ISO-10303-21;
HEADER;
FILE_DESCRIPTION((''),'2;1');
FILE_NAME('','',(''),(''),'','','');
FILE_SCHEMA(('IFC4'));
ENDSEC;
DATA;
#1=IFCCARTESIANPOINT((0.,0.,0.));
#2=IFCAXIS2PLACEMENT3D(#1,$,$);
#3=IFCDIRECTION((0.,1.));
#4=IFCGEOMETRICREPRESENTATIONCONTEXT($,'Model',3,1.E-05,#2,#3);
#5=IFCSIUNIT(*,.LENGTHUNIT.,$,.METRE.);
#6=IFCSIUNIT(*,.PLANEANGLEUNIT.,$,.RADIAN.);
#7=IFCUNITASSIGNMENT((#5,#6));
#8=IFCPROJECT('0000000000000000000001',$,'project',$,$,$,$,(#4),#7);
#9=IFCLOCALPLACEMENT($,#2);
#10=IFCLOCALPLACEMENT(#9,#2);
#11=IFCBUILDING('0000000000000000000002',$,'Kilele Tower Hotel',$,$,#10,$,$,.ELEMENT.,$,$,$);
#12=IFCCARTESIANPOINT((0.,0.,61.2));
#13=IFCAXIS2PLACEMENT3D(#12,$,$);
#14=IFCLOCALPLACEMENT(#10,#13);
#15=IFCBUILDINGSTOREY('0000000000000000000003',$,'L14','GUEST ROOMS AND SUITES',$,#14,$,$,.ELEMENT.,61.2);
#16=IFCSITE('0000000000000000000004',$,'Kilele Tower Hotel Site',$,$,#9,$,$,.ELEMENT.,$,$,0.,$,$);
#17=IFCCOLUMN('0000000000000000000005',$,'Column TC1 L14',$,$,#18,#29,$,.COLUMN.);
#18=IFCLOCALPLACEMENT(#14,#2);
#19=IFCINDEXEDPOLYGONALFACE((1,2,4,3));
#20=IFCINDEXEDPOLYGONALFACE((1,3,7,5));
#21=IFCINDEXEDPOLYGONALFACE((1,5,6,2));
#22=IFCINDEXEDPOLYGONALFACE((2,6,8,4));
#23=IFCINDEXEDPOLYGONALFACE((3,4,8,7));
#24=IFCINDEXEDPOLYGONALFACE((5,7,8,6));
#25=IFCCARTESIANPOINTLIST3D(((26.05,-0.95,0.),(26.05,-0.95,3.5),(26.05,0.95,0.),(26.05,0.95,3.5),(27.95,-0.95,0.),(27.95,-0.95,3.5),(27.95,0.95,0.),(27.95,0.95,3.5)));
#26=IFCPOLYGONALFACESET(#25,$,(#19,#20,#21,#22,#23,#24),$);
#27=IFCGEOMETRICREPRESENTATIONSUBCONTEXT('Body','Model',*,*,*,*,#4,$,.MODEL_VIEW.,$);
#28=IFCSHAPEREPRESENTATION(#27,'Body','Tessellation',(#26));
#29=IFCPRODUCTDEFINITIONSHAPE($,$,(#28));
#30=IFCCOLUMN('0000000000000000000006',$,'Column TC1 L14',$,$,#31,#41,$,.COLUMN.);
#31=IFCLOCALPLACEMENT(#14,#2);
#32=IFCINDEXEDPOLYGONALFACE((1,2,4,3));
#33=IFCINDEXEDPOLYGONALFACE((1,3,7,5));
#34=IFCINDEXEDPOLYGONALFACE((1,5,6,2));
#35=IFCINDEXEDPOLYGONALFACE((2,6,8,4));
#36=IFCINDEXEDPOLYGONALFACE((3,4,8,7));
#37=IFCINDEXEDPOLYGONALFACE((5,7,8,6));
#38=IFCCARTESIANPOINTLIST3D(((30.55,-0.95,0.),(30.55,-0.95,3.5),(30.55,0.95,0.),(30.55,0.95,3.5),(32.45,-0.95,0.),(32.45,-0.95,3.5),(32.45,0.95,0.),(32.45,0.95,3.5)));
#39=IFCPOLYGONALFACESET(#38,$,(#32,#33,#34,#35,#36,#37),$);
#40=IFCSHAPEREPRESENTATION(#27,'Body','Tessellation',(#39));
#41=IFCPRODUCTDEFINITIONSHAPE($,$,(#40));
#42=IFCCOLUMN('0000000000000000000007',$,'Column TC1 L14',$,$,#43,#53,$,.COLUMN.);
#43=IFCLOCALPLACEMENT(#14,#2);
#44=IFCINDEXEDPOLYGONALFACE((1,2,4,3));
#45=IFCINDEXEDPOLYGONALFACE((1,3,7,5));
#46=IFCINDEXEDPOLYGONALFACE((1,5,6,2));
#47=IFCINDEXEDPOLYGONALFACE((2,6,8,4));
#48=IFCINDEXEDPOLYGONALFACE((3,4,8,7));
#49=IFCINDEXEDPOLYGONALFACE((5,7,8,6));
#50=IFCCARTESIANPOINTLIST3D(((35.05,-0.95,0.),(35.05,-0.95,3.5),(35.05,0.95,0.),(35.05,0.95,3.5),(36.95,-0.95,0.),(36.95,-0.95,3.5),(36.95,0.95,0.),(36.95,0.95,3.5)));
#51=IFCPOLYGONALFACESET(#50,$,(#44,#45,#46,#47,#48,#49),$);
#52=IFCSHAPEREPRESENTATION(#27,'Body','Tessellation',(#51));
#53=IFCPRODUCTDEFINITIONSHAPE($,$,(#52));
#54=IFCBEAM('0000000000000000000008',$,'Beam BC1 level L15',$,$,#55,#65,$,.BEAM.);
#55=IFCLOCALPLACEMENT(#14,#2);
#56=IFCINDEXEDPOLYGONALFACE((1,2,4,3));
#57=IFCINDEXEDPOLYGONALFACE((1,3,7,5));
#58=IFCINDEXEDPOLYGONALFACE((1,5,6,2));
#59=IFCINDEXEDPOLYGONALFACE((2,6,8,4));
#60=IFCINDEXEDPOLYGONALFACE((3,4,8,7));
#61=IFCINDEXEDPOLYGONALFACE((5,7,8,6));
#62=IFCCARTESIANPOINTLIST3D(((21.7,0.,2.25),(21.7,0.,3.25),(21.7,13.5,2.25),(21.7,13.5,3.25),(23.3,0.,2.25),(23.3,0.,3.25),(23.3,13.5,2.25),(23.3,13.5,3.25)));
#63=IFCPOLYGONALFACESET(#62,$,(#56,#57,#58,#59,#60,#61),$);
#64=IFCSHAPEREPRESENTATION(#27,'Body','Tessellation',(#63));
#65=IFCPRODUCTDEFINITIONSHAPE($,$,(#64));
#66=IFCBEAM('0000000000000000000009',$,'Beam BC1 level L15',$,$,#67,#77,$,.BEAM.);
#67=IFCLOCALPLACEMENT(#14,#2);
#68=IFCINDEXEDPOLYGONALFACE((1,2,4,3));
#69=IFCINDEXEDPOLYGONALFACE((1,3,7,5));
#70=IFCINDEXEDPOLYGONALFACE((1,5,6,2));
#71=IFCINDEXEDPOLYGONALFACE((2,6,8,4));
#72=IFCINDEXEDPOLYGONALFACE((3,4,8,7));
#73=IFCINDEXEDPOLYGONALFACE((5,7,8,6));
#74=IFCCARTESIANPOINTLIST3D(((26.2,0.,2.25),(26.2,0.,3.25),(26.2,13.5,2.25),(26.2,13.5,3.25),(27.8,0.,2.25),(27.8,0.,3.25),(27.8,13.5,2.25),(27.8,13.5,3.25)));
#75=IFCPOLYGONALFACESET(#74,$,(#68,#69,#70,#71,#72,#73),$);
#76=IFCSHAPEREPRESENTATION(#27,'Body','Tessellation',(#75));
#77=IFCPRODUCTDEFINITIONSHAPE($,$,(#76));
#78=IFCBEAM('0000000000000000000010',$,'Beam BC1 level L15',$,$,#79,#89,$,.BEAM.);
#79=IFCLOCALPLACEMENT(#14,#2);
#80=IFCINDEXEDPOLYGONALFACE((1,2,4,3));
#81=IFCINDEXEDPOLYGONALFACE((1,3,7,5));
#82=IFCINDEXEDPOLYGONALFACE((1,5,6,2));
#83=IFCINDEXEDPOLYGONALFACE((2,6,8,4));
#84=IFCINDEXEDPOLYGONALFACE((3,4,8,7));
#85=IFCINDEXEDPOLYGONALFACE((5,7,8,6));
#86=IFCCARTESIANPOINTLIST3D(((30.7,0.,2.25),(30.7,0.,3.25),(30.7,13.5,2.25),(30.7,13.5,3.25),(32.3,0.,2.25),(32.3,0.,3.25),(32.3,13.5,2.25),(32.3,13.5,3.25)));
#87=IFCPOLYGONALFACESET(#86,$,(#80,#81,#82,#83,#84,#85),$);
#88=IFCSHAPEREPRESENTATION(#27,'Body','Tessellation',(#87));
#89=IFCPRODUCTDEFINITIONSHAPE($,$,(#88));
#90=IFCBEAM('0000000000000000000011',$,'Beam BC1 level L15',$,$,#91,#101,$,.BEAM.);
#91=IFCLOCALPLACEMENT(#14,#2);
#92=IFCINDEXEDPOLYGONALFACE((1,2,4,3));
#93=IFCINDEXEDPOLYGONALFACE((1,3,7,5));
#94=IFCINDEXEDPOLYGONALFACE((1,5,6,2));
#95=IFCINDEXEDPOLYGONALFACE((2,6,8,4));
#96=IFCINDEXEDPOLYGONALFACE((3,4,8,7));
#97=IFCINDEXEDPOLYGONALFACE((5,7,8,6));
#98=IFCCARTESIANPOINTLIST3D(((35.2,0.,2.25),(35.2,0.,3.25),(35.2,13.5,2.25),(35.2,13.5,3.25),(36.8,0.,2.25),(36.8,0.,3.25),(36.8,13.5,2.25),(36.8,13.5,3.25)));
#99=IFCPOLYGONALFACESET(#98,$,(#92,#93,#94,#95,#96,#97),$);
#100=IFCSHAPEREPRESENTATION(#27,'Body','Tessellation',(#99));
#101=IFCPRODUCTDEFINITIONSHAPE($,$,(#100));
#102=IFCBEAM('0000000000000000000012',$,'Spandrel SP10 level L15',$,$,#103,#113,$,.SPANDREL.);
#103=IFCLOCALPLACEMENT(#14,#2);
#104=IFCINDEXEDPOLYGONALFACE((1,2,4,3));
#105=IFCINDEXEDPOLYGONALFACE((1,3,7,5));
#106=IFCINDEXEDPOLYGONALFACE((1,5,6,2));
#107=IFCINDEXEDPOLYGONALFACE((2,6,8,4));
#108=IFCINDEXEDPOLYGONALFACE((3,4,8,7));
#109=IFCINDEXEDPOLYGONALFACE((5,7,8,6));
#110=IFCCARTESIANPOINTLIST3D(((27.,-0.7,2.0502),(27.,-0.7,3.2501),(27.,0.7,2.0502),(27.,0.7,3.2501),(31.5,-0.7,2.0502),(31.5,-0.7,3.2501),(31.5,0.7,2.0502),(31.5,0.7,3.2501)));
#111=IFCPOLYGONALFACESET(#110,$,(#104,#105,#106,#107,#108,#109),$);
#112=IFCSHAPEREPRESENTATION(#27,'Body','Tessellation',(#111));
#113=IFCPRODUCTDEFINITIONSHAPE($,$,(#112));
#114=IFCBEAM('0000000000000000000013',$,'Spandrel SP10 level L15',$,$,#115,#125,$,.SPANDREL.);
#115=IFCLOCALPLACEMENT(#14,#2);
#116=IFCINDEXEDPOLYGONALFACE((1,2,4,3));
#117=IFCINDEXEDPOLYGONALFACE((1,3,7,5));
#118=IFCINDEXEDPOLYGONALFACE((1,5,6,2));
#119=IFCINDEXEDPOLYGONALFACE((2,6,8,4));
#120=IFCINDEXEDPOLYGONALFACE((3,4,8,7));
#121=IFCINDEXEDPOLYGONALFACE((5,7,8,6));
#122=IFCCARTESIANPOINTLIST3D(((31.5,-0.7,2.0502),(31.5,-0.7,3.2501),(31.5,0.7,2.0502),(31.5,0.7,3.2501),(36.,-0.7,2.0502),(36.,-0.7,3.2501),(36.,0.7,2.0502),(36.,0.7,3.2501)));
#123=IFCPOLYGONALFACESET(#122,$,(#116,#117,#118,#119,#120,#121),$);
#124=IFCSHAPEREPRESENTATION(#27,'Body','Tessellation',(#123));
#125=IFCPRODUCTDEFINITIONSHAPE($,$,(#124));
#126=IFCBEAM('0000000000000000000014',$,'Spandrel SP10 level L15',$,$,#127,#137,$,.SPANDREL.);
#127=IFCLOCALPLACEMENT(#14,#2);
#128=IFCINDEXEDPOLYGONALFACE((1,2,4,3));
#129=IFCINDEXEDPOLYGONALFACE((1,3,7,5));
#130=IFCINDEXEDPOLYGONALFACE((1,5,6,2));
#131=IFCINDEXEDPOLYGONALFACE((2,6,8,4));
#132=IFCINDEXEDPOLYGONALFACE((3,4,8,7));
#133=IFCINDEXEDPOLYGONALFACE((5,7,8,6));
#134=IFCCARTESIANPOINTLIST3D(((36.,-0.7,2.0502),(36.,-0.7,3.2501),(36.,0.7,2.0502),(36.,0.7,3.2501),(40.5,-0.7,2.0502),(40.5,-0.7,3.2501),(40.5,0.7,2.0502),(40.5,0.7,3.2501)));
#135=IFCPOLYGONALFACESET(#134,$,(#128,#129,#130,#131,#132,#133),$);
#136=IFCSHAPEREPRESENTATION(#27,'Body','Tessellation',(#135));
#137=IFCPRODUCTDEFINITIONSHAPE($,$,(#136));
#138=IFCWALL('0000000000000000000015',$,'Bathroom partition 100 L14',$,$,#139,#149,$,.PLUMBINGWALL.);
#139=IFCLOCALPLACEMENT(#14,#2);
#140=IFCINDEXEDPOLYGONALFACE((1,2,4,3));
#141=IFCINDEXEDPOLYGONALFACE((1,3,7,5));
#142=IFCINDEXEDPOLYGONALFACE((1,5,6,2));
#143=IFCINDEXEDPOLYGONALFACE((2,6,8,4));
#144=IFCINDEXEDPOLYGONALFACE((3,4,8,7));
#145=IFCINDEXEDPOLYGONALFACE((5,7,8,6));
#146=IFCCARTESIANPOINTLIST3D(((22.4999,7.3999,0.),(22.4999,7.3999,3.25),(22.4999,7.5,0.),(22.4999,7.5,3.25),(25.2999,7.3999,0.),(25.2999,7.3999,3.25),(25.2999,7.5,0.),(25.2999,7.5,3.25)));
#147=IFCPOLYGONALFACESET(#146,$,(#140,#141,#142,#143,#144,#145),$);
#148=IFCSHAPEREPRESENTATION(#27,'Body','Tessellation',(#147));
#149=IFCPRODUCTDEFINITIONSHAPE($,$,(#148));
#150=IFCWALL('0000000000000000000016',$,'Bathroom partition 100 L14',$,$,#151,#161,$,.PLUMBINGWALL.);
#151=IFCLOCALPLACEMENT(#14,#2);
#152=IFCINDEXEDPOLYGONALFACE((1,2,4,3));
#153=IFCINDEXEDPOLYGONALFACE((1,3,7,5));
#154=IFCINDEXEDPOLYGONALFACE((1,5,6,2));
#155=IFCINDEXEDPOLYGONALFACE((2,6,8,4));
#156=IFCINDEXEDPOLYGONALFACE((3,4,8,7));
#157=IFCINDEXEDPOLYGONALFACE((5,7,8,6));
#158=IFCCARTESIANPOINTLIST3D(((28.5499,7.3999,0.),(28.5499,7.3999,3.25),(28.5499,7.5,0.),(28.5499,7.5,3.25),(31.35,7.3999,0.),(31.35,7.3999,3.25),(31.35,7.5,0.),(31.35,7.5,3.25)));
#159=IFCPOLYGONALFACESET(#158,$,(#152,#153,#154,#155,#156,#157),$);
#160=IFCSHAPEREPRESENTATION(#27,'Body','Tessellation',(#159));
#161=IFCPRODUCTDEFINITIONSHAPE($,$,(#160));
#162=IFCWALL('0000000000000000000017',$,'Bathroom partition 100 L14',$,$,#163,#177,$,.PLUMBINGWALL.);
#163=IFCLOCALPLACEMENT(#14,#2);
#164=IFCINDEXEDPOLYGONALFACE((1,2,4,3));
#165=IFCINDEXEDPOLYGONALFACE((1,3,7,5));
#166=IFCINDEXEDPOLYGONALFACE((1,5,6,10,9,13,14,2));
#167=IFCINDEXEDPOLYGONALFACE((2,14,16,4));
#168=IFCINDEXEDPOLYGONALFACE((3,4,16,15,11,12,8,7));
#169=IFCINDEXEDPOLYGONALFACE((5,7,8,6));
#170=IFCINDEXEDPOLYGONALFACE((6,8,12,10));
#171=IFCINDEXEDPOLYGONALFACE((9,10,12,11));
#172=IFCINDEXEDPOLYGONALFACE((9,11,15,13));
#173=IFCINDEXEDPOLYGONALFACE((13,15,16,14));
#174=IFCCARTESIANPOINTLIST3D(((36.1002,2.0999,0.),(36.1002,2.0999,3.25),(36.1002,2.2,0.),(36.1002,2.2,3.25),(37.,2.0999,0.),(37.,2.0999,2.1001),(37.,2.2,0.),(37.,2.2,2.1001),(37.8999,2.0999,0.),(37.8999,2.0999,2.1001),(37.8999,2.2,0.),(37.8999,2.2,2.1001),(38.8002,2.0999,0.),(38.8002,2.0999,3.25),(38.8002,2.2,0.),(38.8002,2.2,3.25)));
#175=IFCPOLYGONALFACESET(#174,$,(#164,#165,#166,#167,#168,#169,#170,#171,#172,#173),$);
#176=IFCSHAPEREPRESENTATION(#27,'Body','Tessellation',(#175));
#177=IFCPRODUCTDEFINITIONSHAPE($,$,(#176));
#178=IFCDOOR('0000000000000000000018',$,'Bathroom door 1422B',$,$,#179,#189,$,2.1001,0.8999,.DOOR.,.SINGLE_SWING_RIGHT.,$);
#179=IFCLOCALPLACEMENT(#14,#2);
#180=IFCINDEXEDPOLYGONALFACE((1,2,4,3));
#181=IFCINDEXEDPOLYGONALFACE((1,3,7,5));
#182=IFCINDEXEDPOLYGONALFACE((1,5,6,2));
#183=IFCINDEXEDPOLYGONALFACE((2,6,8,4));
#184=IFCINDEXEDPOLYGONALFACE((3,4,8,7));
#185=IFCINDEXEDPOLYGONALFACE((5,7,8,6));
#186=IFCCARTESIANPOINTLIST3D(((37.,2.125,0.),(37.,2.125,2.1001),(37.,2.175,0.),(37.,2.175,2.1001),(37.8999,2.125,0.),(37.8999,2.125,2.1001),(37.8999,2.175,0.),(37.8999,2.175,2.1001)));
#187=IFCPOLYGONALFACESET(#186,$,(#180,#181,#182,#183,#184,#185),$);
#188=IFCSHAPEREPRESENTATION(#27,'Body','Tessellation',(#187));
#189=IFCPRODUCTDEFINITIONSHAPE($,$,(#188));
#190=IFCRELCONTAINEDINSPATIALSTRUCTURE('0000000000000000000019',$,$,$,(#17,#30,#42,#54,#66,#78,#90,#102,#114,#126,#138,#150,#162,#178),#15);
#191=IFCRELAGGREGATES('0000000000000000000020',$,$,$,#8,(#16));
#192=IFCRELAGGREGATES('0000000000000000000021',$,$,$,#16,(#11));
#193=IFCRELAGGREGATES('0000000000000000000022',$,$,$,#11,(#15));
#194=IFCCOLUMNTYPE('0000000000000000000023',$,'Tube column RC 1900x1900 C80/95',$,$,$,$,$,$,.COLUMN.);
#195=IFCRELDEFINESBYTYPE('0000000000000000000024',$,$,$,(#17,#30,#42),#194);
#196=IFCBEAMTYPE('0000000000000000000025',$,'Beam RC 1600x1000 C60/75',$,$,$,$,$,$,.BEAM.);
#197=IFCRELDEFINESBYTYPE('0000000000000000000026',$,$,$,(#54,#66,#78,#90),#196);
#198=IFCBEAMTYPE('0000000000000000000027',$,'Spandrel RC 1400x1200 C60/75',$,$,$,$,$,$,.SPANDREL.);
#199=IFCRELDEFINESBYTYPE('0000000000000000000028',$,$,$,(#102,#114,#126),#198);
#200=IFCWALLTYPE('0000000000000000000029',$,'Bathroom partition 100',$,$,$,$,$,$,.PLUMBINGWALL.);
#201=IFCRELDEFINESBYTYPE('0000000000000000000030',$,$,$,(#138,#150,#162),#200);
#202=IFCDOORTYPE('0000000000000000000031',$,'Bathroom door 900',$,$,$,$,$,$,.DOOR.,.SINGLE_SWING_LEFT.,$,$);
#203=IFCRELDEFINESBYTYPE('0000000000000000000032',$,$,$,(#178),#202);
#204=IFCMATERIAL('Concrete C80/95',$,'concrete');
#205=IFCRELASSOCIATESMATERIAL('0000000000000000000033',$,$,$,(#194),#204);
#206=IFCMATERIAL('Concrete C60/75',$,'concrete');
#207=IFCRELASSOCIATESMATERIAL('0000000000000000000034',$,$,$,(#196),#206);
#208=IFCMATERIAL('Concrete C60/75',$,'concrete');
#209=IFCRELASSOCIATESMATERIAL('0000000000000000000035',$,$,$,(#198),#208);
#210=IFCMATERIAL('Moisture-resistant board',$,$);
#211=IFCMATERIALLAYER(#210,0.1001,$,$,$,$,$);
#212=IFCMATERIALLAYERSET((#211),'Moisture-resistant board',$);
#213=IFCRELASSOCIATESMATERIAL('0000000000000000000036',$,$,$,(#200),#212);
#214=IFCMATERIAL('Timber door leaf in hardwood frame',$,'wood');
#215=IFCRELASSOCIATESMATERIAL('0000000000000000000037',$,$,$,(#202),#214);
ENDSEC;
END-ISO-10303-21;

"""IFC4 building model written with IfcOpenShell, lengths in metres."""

from ifc_helpers import new_model, si_unit, direction, frame, frame_2d, origin, origin_2d, place, context, subcontext, project, spatial, rectangle, extrude, material, layer, layer_set, material_profile, profile_set, type_object, element, fill, save


model = new_model("IFC4")

# Units and contexts
model_context = context("Model", 3, precision=1e-05, world=origin(), true_north=direction((0.0, 1.0)))
body_context = subcontext(model_context, "Body", "Model", "MODEL_VIEW")
ifc_project = project(units=[si_unit("LENGTHUNIT", "METRE"), si_unit("PLANEANGLEUNIT", "RADIAN")], contexts=[model_context])

# Site, building, storey
site_placement = place(None, origin())
site = spatial("IfcSite", under=ifc_project, at=site_placement, Name="Kilele Tower Hotel Site", CompositionType="ELEMENT", RefElevation=0.0)
building_placement = place(site_placement, origin())
building = spatial("IfcBuilding", under=site, at=building_placement, Name="Kilele Tower Hotel", CompositionType="ELEMENT")
storey_placement = place(building_placement, frame((0.0, 0.0, 61.2)))
storey = spatial("IfcBuildingStorey", under=building, at=storey_placement, Name="L14", Description="GUEST ROOMS AND SUITES", CompositionType="ELEMENT", Elevation=61.2)

# Columns
ifc_material_1 = material(Name="Concrete C80/95", Category="concrete")
ifc_material_profile_1 = material_profile(ifc_material_1, rectangle(XDim=1.8999, YDim=1.8999, at=origin_2d()))
ifc_profile_set_1 = profile_set([ifc_material_profile_1], Name="Concrete C80/95")
column_type = type_object("IfcColumnType", Name="Tube column RC 1900x1900 C80/95", PredefinedType="COLUMN", material=ifc_profile_set_1)
for number, where, z_axis, x_axis, name in (
    (1, (27.0, 0.0, 0.0), (0.0, 0.0, 1.0), (1.0, 0.0, 0.0), "Column TC1 L14"),
    (2, (31.5, 0.0, 0.0), (0.0, 0.0, 1.0), (1.0, 0.0, 0.0), "Column TC1 L14"),
    (3, (36.0, 0.0, 0.0), (0.0, 0.0, 1.0), (1.0, 0.0, 0.0), "Column TC1 L14"),
):
    element("IfcColumn", number, at=place(storey_placement, frame(where, z_axis=z_axis, x_axis=x_axis)), inside=storey, type_object=column_type, Name=name, PredefinedType="COLUMN", context=body_context, shape_type="SweptSolid", body=[
        extrude(rectangle(XDim=1.8999, YDim=1.8999, at=origin_2d()), origin(), (0.0, 0.0, 1.0), 3.5),
    ])

# Beams
ifc_material_2 = material(Name="Concrete C60/75", Category="concrete")
ifc_material_profile_2 = material_profile(ifc_material_2, rectangle(XDim=1.6001, YDim=1.0, at=origin_2d()))
ifc_profile_set_2 = profile_set([ifc_material_profile_2], Name="Concrete C60/75")
beam_type_1 = type_object("IfcBeamType", Name="Beam RC 1600x1000 C60/75", PredefinedType="BEAM", material=ifc_profile_set_2)
for number, where, z_axis, x_axis, name in (
    (4, (22.5, 0.0, 2.75), (0.0, 1.0, 0.0), (-1.0, 0.0, 0.0), "Beam BC1 level L15"),
    (5, (27.0, 0.0, 2.75), (0.0, 1.0, 0.0), (-1.0, 0.0, 0.0), "Beam BC1 level L15"),
    (6, (31.5, 0.0, 2.75), (0.0, 1.0, 0.0), (-1.0, 0.0, 0.0), "Beam BC1 level L15"),
    (7, (36.0, 0.0, 2.75), (0.0, 1.0, 0.0), (-1.0, 0.0, 0.0), "Beam BC1 level L15"),
):
    element("IfcBeam", number, at=place(storey_placement, frame(where, z_axis=z_axis, x_axis=x_axis)), inside=storey, type_object=beam_type_1, Name=name, PredefinedType="BEAM", context=body_context, shape_type="SweptSolid", body=[
        extrude(rectangle(XDim=1.6001, YDim=1.0, at=origin_2d()), origin(), (0.0, 0.0, 1.0), 13.5),
    ])
ifc_material_3 = material(Name="Concrete C60/75", Category="concrete")
ifc_material_profile_3 = material_profile(ifc_material_3, rectangle(XDim=1.3999, YDim=1.2, at=origin_2d()))
ifc_profile_set_3 = profile_set([ifc_material_profile_3], Name="Concrete C60/75")
beam_type_2 = type_object("IfcBeamType", Name="Spandrel RC 1400x1200 C60/75", PredefinedType="SPANDREL", material=ifc_profile_set_3)
for number, where, z_axis, x_axis, name in (
    (8, (27.0, 0.0, 2.6501), (1.0, 0.0, 0.0), (0.0, 1.0, 0.0), "Spandrel SP10 level L15"),
    (9, (31.5, 0.0, 2.6501), (1.0, 0.0, 0.0), (0.0, 1.0, 0.0), "Spandrel SP10 level L15"),
    (10, (36.0, 0.0, 2.6501), (1.0, 0.0, 0.0), (0.0, 1.0, 0.0), "Spandrel SP10 level L15"),
):
    element("IfcBeam", number, at=place(storey_placement, frame(where, z_axis=z_axis, x_axis=x_axis)), inside=storey, type_object=beam_type_2, Name=name, PredefinedType="SPANDREL", context=body_context, shape_type="SweptSolid", body=[
        extrude(rectangle(XDim=1.3999, YDim=1.2, at=origin_2d()), origin(), (0.0, 0.0, 1.0), 4.5),
    ])

# Walls
ifc_material_4 = material(Name="Moisture-resistant board")
ifc_layer_1 = layer(ifc_material_4, 0.1001)
ifc_layer_set_1 = layer_set([ifc_layer_1], Name="Moisture-resistant board")
wall_type_1 = type_object("IfcWallType", Name="Bathroom partition 100", PredefinedType="PLUMBINGWALL", material=ifc_layer_set_1)
for number, where, z_axis, x_axis, name in (
    (11, (22.5, 7.45, 0.0), (0.0, 0.0, 1.0), (1.0, 0.0, 0.0), "Bathroom partition 100 L14"),
    (12, (28.55, 7.45, 0.0), (0.0, 0.0, 1.0), (1.0, 0.0, 0.0), "Bathroom partition 100 L14"),
):
    element("IfcWall", number, at=place(storey_placement, frame(where, z_axis=z_axis, x_axis=x_axis)), inside=storey, type_object=wall_type_1, Name=name, PredefinedType="PLUMBINGWALL", context=body_context, shape_type="SweptSolid", body=[
        extrude(rectangle(XDim=2.8, YDim=0.1001, at=frame_2d((1.3999, 0.0))), origin(), (0.0, 0.0, 1.0), 3.25),
    ])

# Wall, opening, door
wall_1_placement = place(storey_placement, frame((36.1001, 2.1499, 0.0), z_axis=(0.0, 0.0, 1.0), x_axis=(1.0, 0.0, 0.0)))
wall_1 = element("IfcWall", 13, at=wall_1_placement, inside=storey, type_object=wall_type_1, Name="Bathroom partition 100 L14", PredefinedType="PLUMBINGWALL", context=body_context, shape_type="SweptSolid", body=[
    extrude(rectangle(XDim=2.7, YDim=0.1001, at=frame_2d((1.3501, 0.0))), origin(), (0.0, 0.0, 1.0), 3.25),
])
opening_1_placement = place(wall_1_placement, frame((1.7998, 0.0, 0.0), z_axis=(0.0, 0.0, 1.0), x_axis=(-1.0, 0.0, 0.0)))
opening_1 = element("IfcOpeningElement", 14, at=opening_1_placement, cuts=wall_1, PredefinedType="OPENING", context=body_context, shape_type="SweptSolid", body=[
    extrude(rectangle(XDim=0.8999, YDim=2.1001, at=frame_2d((0.45, 1.05))), frame((0.0, 0.0601, 0.0), z_axis=(0.0, -1.0, 0.0), x_axis=(1.0, 0.0, 0.0)), (0.0, 0.0, 1.0), 0.1201),
])
ifc_material_5 = material(Name="Timber door leaf in hardwood frame", Category="wood")
door_type_1 = type_object("IfcDoorType", Name="Bathroom door 900", OperationType="SINGLE_SWING_LEFT", PredefinedType="DOOR", material=ifc_material_5)
door_1_placement = place(opening_1_placement, origin())
door_1 = element("IfcDoor", 15, at=door_1_placement, inside=storey, type_object=door_type_1, Name="Bathroom door 1422B", OperationType="SINGLE_SWING_RIGHT", OverallHeight=2.1001, OverallWidth=0.8999, PredefinedType="DOOR", context=body_context, shape_type="SweptSolid", body=[
    extrude(rectangle(XDim=0.8999, YDim=2.1001, at=frame_2d((0.45, 1.05))), frame((0.0, 0.0249, 0.0), z_axis=(0.0, -1.0, 0.0), x_axis=(1.0, 0.0, 0.0)), (0.0, 0.0, 1.0), 0.05),
])
fill(opening_1, door_1)

save(model, "model.ifc")
